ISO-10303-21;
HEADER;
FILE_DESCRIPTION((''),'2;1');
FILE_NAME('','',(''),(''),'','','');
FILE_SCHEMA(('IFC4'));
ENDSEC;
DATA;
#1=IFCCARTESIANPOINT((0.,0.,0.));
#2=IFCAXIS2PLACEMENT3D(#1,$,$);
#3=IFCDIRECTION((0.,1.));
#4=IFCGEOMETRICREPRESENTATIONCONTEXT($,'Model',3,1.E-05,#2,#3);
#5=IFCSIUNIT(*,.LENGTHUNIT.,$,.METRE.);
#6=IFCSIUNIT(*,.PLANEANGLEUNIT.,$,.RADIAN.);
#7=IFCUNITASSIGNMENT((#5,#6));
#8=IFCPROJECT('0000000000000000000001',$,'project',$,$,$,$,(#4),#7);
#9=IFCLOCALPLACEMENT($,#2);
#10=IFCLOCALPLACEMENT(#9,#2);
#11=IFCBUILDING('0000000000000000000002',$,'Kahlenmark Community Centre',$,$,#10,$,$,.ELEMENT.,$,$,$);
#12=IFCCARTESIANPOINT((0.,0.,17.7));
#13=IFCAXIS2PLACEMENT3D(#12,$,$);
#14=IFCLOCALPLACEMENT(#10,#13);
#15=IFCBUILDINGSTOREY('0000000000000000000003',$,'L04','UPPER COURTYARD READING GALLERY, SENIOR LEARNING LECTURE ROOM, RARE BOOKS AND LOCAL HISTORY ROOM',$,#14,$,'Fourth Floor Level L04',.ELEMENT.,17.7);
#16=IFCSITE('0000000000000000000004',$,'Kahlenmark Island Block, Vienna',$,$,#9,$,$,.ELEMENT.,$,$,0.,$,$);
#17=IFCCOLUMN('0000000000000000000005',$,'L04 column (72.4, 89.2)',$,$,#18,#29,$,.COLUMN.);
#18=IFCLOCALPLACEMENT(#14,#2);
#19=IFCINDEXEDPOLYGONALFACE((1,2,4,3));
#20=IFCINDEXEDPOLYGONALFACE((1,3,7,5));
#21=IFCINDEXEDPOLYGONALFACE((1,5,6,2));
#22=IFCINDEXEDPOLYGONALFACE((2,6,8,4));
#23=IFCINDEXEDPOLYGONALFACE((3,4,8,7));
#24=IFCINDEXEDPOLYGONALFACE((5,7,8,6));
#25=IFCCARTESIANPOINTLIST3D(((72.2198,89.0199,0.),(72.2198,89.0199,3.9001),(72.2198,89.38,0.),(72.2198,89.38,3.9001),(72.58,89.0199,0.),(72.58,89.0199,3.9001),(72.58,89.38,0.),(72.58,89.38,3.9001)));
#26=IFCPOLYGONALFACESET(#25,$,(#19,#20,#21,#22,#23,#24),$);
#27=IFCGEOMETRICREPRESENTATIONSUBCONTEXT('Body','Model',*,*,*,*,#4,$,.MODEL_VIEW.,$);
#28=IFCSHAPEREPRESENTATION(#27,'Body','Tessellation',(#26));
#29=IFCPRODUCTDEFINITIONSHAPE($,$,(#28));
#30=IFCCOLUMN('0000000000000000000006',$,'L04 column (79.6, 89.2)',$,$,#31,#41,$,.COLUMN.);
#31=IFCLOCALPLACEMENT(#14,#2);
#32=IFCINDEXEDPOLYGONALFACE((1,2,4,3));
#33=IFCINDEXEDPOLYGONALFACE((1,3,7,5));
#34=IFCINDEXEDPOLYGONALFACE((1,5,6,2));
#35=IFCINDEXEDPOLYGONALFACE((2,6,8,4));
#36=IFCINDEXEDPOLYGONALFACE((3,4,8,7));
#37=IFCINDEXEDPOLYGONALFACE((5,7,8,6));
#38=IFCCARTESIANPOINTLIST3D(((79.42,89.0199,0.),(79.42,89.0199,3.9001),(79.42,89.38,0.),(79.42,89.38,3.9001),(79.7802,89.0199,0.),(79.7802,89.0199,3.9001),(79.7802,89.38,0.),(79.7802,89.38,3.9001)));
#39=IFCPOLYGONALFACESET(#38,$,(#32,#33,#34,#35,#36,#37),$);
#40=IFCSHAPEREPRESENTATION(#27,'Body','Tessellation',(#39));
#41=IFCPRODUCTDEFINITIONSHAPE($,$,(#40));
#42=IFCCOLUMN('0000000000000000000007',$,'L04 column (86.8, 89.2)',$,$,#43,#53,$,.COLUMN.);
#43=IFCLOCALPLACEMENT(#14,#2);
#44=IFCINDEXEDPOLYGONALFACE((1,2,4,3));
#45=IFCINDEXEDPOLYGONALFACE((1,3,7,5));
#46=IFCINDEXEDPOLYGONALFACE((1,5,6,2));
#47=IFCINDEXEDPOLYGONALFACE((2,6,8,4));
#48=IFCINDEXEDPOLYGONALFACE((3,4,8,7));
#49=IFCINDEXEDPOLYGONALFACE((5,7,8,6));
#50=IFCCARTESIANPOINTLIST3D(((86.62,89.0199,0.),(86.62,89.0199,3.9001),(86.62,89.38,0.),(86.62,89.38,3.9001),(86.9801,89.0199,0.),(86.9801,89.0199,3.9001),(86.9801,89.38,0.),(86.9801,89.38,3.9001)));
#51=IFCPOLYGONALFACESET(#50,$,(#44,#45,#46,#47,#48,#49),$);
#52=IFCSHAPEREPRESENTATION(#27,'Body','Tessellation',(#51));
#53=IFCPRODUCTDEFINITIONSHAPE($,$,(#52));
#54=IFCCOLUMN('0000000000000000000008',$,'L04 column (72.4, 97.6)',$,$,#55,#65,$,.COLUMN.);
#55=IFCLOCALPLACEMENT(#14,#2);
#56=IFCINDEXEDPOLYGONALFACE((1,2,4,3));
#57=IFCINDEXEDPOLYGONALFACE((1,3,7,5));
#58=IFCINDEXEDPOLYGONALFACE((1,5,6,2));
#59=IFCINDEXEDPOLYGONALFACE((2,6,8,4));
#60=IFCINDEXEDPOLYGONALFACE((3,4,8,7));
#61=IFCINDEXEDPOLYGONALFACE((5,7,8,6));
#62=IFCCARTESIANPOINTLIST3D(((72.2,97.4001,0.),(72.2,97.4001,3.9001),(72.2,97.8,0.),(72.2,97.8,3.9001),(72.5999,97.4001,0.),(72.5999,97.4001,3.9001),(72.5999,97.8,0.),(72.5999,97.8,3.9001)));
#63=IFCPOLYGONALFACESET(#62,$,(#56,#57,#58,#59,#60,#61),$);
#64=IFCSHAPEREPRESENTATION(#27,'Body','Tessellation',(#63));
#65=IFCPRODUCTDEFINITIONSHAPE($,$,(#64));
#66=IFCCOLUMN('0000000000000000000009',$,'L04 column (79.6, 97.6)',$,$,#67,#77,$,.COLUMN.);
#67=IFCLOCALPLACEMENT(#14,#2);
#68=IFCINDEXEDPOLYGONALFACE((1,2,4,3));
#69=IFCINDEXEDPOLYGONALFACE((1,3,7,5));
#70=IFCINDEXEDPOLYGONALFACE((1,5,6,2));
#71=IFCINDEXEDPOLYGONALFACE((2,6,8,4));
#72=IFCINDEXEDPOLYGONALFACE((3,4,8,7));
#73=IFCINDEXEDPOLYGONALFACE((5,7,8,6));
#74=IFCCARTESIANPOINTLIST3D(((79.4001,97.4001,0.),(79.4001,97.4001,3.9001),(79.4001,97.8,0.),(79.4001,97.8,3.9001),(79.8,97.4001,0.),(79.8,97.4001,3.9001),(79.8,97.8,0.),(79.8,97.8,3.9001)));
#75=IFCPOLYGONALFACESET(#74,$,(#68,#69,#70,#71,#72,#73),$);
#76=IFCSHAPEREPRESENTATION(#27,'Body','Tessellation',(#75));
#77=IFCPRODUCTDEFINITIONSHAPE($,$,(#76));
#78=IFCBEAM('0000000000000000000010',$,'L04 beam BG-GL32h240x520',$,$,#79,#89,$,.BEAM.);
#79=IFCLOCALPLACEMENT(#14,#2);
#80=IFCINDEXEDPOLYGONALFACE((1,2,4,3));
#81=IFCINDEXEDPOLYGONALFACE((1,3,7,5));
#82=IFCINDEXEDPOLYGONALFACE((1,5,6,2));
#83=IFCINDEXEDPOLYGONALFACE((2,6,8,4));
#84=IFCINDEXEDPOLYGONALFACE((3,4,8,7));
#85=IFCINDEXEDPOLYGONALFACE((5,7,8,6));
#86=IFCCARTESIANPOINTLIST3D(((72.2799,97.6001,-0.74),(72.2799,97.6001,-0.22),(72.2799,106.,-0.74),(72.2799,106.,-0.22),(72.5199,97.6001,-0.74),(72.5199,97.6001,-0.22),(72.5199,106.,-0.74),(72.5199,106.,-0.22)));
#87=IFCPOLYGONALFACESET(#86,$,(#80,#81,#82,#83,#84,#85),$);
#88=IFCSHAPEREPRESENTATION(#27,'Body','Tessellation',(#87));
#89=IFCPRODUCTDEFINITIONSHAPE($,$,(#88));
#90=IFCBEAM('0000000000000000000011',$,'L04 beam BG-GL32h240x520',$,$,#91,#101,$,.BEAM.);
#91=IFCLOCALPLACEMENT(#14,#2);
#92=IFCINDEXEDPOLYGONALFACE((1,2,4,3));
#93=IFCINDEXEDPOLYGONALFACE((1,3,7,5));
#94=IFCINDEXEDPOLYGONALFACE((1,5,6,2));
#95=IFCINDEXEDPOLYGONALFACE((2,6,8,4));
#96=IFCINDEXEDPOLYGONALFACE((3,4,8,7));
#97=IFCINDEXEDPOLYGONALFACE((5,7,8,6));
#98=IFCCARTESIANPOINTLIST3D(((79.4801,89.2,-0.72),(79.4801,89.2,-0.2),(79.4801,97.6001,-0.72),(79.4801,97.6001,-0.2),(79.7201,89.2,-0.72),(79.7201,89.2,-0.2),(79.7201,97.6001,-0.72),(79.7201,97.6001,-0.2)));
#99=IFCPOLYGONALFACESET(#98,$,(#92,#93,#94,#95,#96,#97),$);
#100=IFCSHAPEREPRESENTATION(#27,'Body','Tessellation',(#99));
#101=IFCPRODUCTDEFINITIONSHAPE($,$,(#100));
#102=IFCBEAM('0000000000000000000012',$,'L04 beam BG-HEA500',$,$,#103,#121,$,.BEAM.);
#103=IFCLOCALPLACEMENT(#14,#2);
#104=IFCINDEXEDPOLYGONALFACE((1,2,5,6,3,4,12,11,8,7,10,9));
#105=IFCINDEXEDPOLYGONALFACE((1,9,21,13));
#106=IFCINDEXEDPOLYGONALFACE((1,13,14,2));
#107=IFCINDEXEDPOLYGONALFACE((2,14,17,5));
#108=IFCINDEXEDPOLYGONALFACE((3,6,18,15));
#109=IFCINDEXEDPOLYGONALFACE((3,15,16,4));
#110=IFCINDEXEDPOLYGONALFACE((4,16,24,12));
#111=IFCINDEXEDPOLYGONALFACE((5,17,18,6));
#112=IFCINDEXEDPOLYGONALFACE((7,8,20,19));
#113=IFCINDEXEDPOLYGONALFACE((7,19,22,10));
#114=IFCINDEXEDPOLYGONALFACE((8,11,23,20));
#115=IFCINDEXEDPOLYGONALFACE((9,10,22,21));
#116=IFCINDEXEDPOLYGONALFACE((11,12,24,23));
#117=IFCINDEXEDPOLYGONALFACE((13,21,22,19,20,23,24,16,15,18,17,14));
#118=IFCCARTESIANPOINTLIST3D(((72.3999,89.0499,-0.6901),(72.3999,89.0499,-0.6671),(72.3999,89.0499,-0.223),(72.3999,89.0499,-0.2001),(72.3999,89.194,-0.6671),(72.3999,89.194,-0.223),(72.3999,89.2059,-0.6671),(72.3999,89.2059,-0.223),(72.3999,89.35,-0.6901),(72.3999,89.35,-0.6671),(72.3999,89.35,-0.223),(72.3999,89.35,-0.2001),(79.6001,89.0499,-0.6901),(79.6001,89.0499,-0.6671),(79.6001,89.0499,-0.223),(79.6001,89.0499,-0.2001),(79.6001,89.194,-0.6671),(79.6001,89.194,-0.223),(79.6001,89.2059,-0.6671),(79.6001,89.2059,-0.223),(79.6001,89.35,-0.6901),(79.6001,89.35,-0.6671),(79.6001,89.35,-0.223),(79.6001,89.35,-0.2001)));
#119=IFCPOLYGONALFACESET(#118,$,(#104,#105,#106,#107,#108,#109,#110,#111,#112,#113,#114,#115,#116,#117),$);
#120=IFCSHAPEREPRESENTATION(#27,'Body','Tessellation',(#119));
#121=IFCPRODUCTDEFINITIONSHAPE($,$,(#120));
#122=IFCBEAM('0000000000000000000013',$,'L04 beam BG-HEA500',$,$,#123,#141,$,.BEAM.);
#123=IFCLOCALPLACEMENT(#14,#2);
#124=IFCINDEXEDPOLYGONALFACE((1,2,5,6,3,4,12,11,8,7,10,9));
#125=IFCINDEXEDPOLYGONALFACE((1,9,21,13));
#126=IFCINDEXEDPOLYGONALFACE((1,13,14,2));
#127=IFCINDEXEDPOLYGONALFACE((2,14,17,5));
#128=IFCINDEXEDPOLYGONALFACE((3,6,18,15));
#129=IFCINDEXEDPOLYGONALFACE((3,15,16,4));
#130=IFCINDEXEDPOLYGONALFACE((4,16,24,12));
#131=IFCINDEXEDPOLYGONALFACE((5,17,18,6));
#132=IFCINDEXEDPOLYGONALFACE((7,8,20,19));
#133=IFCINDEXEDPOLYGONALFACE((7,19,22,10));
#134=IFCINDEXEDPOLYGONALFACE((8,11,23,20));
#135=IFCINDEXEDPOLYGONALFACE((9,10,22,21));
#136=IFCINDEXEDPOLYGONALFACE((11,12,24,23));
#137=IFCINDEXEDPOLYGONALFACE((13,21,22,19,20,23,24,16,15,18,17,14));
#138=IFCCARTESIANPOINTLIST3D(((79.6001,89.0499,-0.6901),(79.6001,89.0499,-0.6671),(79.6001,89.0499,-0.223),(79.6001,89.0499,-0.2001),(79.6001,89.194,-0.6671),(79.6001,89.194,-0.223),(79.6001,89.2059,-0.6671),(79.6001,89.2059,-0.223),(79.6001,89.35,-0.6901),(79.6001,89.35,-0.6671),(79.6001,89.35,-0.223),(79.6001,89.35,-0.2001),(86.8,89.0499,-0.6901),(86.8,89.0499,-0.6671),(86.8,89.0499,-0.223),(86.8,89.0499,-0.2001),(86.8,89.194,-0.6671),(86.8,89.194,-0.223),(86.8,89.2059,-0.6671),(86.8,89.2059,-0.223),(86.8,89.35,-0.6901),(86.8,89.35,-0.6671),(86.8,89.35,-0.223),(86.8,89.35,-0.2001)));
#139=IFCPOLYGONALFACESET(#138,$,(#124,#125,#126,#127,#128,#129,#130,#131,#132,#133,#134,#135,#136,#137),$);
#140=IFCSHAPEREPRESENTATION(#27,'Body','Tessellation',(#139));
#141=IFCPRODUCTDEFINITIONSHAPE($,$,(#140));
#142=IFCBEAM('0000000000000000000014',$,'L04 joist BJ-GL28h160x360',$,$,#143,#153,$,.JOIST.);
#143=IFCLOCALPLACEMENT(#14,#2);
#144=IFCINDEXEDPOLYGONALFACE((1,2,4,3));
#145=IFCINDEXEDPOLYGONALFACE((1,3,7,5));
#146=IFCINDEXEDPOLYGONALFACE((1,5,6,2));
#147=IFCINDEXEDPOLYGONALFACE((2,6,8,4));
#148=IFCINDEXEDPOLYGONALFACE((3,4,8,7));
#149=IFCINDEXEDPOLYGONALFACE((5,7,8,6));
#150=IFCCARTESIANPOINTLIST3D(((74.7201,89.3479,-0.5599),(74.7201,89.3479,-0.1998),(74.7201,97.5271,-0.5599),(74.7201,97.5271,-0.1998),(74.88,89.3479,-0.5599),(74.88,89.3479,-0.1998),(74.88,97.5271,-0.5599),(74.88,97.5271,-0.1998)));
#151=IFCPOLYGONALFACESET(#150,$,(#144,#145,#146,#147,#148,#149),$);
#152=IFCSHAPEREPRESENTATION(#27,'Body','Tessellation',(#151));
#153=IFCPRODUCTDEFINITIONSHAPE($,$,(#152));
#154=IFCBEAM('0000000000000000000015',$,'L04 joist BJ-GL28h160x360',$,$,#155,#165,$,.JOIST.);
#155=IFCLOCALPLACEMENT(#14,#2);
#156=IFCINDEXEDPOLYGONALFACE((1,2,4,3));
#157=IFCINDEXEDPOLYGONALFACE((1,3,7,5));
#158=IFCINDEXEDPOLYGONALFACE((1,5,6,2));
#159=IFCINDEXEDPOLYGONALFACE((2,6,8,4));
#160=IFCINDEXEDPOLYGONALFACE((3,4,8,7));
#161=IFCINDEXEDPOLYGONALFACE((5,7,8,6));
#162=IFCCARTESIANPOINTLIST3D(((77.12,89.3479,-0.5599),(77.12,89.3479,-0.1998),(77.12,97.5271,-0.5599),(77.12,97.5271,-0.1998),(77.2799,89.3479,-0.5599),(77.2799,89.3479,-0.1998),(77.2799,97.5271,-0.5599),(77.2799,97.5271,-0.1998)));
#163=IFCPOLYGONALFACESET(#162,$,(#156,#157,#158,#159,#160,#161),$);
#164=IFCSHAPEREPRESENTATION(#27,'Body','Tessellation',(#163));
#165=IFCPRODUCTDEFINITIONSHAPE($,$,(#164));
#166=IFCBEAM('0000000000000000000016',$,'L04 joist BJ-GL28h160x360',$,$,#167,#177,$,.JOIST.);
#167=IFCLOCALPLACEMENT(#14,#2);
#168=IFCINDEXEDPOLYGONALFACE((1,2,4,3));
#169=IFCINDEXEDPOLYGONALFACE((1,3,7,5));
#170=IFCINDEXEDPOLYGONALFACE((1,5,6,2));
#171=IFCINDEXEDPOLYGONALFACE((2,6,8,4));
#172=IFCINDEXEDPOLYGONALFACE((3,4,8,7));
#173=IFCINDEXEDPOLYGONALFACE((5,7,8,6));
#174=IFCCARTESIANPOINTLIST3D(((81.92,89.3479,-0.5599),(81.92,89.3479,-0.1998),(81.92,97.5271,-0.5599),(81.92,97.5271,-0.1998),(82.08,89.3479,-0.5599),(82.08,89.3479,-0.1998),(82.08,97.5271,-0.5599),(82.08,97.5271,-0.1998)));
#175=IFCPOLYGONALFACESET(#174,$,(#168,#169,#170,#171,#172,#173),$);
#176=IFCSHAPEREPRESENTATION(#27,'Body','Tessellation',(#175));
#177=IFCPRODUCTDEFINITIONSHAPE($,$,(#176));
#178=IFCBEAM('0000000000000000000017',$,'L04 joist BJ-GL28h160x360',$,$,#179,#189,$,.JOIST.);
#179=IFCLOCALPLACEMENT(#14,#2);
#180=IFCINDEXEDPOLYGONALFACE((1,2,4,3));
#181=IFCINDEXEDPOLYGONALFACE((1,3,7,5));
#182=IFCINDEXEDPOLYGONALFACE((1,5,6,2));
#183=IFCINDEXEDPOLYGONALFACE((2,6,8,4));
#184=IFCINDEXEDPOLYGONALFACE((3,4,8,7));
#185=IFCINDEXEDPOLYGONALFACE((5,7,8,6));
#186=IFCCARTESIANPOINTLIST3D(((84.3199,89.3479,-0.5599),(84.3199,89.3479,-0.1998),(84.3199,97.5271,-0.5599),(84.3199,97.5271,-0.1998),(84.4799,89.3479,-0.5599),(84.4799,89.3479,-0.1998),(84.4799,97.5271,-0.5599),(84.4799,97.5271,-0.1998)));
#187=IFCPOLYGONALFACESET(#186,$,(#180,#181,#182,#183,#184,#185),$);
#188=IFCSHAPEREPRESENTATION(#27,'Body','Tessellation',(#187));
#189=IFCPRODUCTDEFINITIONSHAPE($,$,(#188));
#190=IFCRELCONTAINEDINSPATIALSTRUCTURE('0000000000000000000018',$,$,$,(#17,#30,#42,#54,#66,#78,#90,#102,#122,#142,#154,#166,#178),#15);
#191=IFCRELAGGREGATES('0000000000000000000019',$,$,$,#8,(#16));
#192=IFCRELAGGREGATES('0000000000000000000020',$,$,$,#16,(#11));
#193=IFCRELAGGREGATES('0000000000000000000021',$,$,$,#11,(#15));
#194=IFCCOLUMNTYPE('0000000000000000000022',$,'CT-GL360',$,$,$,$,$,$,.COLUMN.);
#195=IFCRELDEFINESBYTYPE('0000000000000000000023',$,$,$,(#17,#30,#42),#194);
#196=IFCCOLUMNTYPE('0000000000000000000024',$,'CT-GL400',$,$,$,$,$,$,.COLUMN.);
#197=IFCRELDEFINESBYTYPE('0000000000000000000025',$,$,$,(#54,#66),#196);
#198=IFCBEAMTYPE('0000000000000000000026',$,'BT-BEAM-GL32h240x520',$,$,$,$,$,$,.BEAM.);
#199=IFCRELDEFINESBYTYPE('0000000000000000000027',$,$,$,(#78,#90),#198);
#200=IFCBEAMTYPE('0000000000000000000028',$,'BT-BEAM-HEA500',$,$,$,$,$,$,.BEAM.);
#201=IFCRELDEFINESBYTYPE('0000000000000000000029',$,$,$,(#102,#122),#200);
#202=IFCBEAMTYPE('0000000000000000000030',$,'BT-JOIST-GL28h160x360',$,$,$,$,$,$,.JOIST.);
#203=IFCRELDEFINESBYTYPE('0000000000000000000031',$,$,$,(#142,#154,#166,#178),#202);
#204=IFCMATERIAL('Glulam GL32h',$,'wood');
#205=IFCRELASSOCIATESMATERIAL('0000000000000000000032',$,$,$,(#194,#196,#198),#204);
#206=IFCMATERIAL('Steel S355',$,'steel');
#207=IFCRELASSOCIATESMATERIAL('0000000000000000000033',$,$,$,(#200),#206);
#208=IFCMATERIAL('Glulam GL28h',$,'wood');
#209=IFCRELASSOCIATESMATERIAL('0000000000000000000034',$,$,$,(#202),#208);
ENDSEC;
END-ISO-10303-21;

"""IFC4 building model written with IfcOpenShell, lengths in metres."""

from ifc_helpers import new_model, si_unit, direction, frame, origin, origin_2d, place, context, subcontext, project, spatial, rectangle, i_section, extrude, material, material_profile, profile_set, type_object, element, save


model = new_model("IFC4")

# Units and contexts
model_context = context("Model", 3, precision=1e-05, world=origin(), true_north=direction((0.0, 1.0)))
body_context = subcontext(model_context, "Body", "Model", "MODEL_VIEW")
ifc_project = project(units=[si_unit("LENGTHUNIT", "METRE"), si_unit("PLANEANGLEUNIT", "RADIAN")], contexts=[model_context])

# Site, building, storey
site_placement = place(None, origin())
site = spatial("IfcSite", under=ifc_project, at=site_placement, Name="Kahlenmark Island Block, Vienna", CompositionType="ELEMENT", RefElevation=0.0)
building_placement = place(site_placement, origin())
building = spatial("IfcBuilding", under=site, at=building_placement, Name="Kahlenmark Community Centre", CompositionType="ELEMENT")
storey_placement = place(building_placement, frame((0.0, 0.0, 17.7)))
storey = spatial("IfcBuildingStorey", under=building, at=storey_placement, Name="L04", Description="UPPER COURTYARD READING GALLERY, SENIOR LEARNING LECTURE ROOM, RARE BOOKS AND LOCAL HISTORY ROOM", LongName="Fourth Floor Level L04", CompositionType="ELEMENT", Elevation=17.7)

# Columns
ifc_material_1 = material(Name="Glulam GL32h", Category="wood")
ifc_material_profile_1 = material_profile(ifc_material_1, rectangle(XDim=0.3601, YDim=0.3601, at=origin_2d()), Name="GL32h 360x360")
ifc_profile_set_1 = profile_set([ifc_material_profile_1], Name="Glulam GL32h")
column_type_1 = type_object("IfcColumnType", Name="CT-GL360", PredefinedType="COLUMN", material=ifc_profile_set_1)
for number, where, z_axis, x_axis, name in (
    (1, (72.3999, 89.2, 0.0), (0.0, 0.0, 1.0), (1.0, 0.0, 0.0), "L04 column (72.4, 89.2)"),
    (2, (79.6001, 89.2, 0.0), (0.0, 0.0, 1.0), (1.0, 0.0, 0.0), "L04 column (79.6, 89.2)"),
    (3, (86.8, 89.2, 0.0), (0.0, 0.0, 1.0), (1.0, 0.0, 0.0), "L04 column (86.8, 89.2)"),
):
    element("IfcColumn", number, at=place(storey_placement, frame(where, z_axis=z_axis, x_axis=x_axis)), inside=storey, type_object=column_type_1, Name=name, PredefinedType="COLUMN", context=body_context, shape_type="SweptSolid", body=[
        extrude(rectangle(XDim=0.3601, YDim=0.3601, at=origin_2d()), origin(), (0.0, 0.0, 1.0), 3.9001),
    ])
ifc_material_profile_2 = material_profile(ifc_material_1, rectangle(XDim=0.3999, YDim=0.3999, at=origin_2d()), Name="GL32h 400x400")
ifc_profile_set_2 = profile_set([ifc_material_profile_2], Name="Glulam GL32h")
column_type_2 = type_object("IfcColumnType", Name="CT-GL400", PredefinedType="COLUMN", material=ifc_profile_set_2)
for number, where, z_axis, x_axis, name in (
    (4, (72.3999, 97.6001, 0.0), (0.0, 0.0, 1.0), (1.0, 0.0, 0.0), "L04 column (72.4, 97.6)"),
    (5, (79.6001, 97.6001, 0.0), (0.0, 0.0, 1.0), (1.0, 0.0, 0.0), "L04 column (79.6, 97.6)"),
):
    element("IfcColumn", number, at=place(storey_placement, frame(where, z_axis=z_axis, x_axis=x_axis)), inside=storey, type_object=column_type_2, Name=name, PredefinedType="COLUMN", context=body_context, shape_type="SweptSolid", body=[
        extrude(rectangle(XDim=0.3999, YDim=0.3999, at=origin_2d()), origin(), (0.0, 0.0, 1.0), 3.9001),
    ])

# Beams
ifc_material_profile_3 = material_profile(ifc_material_1, rectangle(XDim=0.24, YDim=0.52, at=origin_2d()), Name="GL32h 240x520")
ifc_profile_set_3 = profile_set([ifc_material_profile_3], Name="Glulam GL32h")
beam_type_1 = type_object("IfcBeamType", Name="BT-BEAM-GL32h240x520", PredefinedType="BEAM", material=ifc_profile_set_3)
beam_1_placement = place(storey_placement, frame((72.3999, 97.6001, -0.48), z_axis=(0.0, 1.0, 0.0), x_axis=(-1.0, 0.0, 0.0)))
element("IfcBeam", 6, at=beam_1_placement, inside=storey, type_object=beam_type_1, Name="L04 beam BG-GL32h240x520", PredefinedType="BEAM", context=body_context, shape_type="SweptSolid", body=[
    extrude(rectangle(XDim=0.24, YDim=0.52, at=origin_2d()), origin(), (0.0, 0.0, 1.0), 8.3999),
])
beam_2_placement = place(storey_placement, frame((79.6001, 89.2, -0.46), z_axis=(0.0, 1.0, 0.0), x_axis=(-1.0, 0.0, 0.0)))
element("IfcBeam", 7, at=beam_2_placement, inside=storey, type_object=beam_type_1, Name="L04 beam BG-GL32h240x520", PredefinedType="BEAM", context=body_context, shape_type="SweptSolid", body=[
    extrude(rectangle(XDim=0.24, YDim=0.52, at=origin_2d()), origin(), (0.0, 0.0, 1.0), 8.4001),
])
ifc_material_2 = material(Name="Steel S355", Category="steel")
ifc_material_profile_4 = material_profile(ifc_material_2, i_section(OverallWidth=0.3, OverallDepth=0.49, WebThickness=0.012, FlangeThickness=0.0229, at=origin_2d()), Name="HEA 500")
ifc_profile_set_4 = profile_set([ifc_material_profile_4], Name="Steel S355")
beam_type_2 = type_object("IfcBeamType", Name="BT-BEAM-HEA500", PredefinedType="BEAM", material=ifc_profile_set_4)
beam_3_placement = place(storey_placement, frame((72.3999, 89.2, -0.4451), z_axis=(1.0, 0.0, 0.0), x_axis=(0.0, 1.0, 0.0)))
element("IfcBeam", 8, at=beam_3_placement, inside=storey, type_object=beam_type_2, Name="L04 beam BG-HEA500", PredefinedType="BEAM", context=body_context, shape_type="SweptSolid", body=[
    extrude(i_section(OverallWidth=0.3, OverallDepth=0.49, WebThickness=0.012, FlangeThickness=0.0229, at=origin_2d()), origin(), (0.0, 0.0, 1.0), 7.2002),
])
beam_4_placement = place(storey_placement, frame((79.6001, 89.2, -0.4451), z_axis=(1.0, 0.0, 0.0), x_axis=(0.0, 1.0, 0.0)))
element("IfcBeam", 9, at=beam_4_placement, inside=storey, type_object=beam_type_2, Name="L04 beam BG-HEA500", PredefinedType="BEAM", context=body_context, shape_type="SweptSolid", body=[
    extrude(i_section(OverallWidth=0.3, OverallDepth=0.49, WebThickness=0.012, FlangeThickness=0.0229, at=origin_2d()), origin(), (0.0, 0.0, 1.0), 7.2),
])
ifc_material_3 = material(Name="Glulam GL28h", Category="wood")
ifc_material_profile_5 = material_profile(ifc_material_3, rectangle(XDim=0.1599, YDim=0.3601, at=origin_2d()), Name="GL28h 160x360")
ifc_profile_set_5 = profile_set([ifc_material_profile_5], Name="Glulam GL28h")
beam_type_3 = type_object("IfcBeamType", Name="BT-JOIST-GL28h160x360", PredefinedType="JOIST", material=ifc_profile_set_5)
for number, where, z_axis, x_axis, name in (
    (10, (74.8, 89.3479, -0.3799), (0.0, 1.0, 0.0), (-1.0, 0.0, 0.0), "L04 joist BJ-GL28h160x360"),
    (11, (77.2, 89.3479, -0.3799), (0.0, 1.0, 0.0), (-1.0, 0.0, 0.0), "L04 joist BJ-GL28h160x360"),
    (12, (82.0, 89.3479, -0.3799), (0.0, 1.0, 0.0), (-1.0, 0.0, 0.0), "L04 joist BJ-GL28h160x360"),
    (13, (84.3999, 89.3479, -0.3799), (0.0, 1.0, 0.0), (-1.0, 0.0, 0.0), "L04 joist BJ-GL28h160x360"),
):
    element("IfcBeam", number, at=place(storey_placement, frame(where, z_axis=z_axis, x_axis=x_axis)), inside=storey, type_object=beam_type_3, Name=name, PredefinedType="JOIST", context=body_context, shape_type="SweptSolid", body=[
        extrude(rectangle(XDim=0.1599, YDim=0.3601, at=origin_2d()), origin(), (0.0, 0.0, 1.0), 8.1792),
    ])

save(model, "model.ifc")
